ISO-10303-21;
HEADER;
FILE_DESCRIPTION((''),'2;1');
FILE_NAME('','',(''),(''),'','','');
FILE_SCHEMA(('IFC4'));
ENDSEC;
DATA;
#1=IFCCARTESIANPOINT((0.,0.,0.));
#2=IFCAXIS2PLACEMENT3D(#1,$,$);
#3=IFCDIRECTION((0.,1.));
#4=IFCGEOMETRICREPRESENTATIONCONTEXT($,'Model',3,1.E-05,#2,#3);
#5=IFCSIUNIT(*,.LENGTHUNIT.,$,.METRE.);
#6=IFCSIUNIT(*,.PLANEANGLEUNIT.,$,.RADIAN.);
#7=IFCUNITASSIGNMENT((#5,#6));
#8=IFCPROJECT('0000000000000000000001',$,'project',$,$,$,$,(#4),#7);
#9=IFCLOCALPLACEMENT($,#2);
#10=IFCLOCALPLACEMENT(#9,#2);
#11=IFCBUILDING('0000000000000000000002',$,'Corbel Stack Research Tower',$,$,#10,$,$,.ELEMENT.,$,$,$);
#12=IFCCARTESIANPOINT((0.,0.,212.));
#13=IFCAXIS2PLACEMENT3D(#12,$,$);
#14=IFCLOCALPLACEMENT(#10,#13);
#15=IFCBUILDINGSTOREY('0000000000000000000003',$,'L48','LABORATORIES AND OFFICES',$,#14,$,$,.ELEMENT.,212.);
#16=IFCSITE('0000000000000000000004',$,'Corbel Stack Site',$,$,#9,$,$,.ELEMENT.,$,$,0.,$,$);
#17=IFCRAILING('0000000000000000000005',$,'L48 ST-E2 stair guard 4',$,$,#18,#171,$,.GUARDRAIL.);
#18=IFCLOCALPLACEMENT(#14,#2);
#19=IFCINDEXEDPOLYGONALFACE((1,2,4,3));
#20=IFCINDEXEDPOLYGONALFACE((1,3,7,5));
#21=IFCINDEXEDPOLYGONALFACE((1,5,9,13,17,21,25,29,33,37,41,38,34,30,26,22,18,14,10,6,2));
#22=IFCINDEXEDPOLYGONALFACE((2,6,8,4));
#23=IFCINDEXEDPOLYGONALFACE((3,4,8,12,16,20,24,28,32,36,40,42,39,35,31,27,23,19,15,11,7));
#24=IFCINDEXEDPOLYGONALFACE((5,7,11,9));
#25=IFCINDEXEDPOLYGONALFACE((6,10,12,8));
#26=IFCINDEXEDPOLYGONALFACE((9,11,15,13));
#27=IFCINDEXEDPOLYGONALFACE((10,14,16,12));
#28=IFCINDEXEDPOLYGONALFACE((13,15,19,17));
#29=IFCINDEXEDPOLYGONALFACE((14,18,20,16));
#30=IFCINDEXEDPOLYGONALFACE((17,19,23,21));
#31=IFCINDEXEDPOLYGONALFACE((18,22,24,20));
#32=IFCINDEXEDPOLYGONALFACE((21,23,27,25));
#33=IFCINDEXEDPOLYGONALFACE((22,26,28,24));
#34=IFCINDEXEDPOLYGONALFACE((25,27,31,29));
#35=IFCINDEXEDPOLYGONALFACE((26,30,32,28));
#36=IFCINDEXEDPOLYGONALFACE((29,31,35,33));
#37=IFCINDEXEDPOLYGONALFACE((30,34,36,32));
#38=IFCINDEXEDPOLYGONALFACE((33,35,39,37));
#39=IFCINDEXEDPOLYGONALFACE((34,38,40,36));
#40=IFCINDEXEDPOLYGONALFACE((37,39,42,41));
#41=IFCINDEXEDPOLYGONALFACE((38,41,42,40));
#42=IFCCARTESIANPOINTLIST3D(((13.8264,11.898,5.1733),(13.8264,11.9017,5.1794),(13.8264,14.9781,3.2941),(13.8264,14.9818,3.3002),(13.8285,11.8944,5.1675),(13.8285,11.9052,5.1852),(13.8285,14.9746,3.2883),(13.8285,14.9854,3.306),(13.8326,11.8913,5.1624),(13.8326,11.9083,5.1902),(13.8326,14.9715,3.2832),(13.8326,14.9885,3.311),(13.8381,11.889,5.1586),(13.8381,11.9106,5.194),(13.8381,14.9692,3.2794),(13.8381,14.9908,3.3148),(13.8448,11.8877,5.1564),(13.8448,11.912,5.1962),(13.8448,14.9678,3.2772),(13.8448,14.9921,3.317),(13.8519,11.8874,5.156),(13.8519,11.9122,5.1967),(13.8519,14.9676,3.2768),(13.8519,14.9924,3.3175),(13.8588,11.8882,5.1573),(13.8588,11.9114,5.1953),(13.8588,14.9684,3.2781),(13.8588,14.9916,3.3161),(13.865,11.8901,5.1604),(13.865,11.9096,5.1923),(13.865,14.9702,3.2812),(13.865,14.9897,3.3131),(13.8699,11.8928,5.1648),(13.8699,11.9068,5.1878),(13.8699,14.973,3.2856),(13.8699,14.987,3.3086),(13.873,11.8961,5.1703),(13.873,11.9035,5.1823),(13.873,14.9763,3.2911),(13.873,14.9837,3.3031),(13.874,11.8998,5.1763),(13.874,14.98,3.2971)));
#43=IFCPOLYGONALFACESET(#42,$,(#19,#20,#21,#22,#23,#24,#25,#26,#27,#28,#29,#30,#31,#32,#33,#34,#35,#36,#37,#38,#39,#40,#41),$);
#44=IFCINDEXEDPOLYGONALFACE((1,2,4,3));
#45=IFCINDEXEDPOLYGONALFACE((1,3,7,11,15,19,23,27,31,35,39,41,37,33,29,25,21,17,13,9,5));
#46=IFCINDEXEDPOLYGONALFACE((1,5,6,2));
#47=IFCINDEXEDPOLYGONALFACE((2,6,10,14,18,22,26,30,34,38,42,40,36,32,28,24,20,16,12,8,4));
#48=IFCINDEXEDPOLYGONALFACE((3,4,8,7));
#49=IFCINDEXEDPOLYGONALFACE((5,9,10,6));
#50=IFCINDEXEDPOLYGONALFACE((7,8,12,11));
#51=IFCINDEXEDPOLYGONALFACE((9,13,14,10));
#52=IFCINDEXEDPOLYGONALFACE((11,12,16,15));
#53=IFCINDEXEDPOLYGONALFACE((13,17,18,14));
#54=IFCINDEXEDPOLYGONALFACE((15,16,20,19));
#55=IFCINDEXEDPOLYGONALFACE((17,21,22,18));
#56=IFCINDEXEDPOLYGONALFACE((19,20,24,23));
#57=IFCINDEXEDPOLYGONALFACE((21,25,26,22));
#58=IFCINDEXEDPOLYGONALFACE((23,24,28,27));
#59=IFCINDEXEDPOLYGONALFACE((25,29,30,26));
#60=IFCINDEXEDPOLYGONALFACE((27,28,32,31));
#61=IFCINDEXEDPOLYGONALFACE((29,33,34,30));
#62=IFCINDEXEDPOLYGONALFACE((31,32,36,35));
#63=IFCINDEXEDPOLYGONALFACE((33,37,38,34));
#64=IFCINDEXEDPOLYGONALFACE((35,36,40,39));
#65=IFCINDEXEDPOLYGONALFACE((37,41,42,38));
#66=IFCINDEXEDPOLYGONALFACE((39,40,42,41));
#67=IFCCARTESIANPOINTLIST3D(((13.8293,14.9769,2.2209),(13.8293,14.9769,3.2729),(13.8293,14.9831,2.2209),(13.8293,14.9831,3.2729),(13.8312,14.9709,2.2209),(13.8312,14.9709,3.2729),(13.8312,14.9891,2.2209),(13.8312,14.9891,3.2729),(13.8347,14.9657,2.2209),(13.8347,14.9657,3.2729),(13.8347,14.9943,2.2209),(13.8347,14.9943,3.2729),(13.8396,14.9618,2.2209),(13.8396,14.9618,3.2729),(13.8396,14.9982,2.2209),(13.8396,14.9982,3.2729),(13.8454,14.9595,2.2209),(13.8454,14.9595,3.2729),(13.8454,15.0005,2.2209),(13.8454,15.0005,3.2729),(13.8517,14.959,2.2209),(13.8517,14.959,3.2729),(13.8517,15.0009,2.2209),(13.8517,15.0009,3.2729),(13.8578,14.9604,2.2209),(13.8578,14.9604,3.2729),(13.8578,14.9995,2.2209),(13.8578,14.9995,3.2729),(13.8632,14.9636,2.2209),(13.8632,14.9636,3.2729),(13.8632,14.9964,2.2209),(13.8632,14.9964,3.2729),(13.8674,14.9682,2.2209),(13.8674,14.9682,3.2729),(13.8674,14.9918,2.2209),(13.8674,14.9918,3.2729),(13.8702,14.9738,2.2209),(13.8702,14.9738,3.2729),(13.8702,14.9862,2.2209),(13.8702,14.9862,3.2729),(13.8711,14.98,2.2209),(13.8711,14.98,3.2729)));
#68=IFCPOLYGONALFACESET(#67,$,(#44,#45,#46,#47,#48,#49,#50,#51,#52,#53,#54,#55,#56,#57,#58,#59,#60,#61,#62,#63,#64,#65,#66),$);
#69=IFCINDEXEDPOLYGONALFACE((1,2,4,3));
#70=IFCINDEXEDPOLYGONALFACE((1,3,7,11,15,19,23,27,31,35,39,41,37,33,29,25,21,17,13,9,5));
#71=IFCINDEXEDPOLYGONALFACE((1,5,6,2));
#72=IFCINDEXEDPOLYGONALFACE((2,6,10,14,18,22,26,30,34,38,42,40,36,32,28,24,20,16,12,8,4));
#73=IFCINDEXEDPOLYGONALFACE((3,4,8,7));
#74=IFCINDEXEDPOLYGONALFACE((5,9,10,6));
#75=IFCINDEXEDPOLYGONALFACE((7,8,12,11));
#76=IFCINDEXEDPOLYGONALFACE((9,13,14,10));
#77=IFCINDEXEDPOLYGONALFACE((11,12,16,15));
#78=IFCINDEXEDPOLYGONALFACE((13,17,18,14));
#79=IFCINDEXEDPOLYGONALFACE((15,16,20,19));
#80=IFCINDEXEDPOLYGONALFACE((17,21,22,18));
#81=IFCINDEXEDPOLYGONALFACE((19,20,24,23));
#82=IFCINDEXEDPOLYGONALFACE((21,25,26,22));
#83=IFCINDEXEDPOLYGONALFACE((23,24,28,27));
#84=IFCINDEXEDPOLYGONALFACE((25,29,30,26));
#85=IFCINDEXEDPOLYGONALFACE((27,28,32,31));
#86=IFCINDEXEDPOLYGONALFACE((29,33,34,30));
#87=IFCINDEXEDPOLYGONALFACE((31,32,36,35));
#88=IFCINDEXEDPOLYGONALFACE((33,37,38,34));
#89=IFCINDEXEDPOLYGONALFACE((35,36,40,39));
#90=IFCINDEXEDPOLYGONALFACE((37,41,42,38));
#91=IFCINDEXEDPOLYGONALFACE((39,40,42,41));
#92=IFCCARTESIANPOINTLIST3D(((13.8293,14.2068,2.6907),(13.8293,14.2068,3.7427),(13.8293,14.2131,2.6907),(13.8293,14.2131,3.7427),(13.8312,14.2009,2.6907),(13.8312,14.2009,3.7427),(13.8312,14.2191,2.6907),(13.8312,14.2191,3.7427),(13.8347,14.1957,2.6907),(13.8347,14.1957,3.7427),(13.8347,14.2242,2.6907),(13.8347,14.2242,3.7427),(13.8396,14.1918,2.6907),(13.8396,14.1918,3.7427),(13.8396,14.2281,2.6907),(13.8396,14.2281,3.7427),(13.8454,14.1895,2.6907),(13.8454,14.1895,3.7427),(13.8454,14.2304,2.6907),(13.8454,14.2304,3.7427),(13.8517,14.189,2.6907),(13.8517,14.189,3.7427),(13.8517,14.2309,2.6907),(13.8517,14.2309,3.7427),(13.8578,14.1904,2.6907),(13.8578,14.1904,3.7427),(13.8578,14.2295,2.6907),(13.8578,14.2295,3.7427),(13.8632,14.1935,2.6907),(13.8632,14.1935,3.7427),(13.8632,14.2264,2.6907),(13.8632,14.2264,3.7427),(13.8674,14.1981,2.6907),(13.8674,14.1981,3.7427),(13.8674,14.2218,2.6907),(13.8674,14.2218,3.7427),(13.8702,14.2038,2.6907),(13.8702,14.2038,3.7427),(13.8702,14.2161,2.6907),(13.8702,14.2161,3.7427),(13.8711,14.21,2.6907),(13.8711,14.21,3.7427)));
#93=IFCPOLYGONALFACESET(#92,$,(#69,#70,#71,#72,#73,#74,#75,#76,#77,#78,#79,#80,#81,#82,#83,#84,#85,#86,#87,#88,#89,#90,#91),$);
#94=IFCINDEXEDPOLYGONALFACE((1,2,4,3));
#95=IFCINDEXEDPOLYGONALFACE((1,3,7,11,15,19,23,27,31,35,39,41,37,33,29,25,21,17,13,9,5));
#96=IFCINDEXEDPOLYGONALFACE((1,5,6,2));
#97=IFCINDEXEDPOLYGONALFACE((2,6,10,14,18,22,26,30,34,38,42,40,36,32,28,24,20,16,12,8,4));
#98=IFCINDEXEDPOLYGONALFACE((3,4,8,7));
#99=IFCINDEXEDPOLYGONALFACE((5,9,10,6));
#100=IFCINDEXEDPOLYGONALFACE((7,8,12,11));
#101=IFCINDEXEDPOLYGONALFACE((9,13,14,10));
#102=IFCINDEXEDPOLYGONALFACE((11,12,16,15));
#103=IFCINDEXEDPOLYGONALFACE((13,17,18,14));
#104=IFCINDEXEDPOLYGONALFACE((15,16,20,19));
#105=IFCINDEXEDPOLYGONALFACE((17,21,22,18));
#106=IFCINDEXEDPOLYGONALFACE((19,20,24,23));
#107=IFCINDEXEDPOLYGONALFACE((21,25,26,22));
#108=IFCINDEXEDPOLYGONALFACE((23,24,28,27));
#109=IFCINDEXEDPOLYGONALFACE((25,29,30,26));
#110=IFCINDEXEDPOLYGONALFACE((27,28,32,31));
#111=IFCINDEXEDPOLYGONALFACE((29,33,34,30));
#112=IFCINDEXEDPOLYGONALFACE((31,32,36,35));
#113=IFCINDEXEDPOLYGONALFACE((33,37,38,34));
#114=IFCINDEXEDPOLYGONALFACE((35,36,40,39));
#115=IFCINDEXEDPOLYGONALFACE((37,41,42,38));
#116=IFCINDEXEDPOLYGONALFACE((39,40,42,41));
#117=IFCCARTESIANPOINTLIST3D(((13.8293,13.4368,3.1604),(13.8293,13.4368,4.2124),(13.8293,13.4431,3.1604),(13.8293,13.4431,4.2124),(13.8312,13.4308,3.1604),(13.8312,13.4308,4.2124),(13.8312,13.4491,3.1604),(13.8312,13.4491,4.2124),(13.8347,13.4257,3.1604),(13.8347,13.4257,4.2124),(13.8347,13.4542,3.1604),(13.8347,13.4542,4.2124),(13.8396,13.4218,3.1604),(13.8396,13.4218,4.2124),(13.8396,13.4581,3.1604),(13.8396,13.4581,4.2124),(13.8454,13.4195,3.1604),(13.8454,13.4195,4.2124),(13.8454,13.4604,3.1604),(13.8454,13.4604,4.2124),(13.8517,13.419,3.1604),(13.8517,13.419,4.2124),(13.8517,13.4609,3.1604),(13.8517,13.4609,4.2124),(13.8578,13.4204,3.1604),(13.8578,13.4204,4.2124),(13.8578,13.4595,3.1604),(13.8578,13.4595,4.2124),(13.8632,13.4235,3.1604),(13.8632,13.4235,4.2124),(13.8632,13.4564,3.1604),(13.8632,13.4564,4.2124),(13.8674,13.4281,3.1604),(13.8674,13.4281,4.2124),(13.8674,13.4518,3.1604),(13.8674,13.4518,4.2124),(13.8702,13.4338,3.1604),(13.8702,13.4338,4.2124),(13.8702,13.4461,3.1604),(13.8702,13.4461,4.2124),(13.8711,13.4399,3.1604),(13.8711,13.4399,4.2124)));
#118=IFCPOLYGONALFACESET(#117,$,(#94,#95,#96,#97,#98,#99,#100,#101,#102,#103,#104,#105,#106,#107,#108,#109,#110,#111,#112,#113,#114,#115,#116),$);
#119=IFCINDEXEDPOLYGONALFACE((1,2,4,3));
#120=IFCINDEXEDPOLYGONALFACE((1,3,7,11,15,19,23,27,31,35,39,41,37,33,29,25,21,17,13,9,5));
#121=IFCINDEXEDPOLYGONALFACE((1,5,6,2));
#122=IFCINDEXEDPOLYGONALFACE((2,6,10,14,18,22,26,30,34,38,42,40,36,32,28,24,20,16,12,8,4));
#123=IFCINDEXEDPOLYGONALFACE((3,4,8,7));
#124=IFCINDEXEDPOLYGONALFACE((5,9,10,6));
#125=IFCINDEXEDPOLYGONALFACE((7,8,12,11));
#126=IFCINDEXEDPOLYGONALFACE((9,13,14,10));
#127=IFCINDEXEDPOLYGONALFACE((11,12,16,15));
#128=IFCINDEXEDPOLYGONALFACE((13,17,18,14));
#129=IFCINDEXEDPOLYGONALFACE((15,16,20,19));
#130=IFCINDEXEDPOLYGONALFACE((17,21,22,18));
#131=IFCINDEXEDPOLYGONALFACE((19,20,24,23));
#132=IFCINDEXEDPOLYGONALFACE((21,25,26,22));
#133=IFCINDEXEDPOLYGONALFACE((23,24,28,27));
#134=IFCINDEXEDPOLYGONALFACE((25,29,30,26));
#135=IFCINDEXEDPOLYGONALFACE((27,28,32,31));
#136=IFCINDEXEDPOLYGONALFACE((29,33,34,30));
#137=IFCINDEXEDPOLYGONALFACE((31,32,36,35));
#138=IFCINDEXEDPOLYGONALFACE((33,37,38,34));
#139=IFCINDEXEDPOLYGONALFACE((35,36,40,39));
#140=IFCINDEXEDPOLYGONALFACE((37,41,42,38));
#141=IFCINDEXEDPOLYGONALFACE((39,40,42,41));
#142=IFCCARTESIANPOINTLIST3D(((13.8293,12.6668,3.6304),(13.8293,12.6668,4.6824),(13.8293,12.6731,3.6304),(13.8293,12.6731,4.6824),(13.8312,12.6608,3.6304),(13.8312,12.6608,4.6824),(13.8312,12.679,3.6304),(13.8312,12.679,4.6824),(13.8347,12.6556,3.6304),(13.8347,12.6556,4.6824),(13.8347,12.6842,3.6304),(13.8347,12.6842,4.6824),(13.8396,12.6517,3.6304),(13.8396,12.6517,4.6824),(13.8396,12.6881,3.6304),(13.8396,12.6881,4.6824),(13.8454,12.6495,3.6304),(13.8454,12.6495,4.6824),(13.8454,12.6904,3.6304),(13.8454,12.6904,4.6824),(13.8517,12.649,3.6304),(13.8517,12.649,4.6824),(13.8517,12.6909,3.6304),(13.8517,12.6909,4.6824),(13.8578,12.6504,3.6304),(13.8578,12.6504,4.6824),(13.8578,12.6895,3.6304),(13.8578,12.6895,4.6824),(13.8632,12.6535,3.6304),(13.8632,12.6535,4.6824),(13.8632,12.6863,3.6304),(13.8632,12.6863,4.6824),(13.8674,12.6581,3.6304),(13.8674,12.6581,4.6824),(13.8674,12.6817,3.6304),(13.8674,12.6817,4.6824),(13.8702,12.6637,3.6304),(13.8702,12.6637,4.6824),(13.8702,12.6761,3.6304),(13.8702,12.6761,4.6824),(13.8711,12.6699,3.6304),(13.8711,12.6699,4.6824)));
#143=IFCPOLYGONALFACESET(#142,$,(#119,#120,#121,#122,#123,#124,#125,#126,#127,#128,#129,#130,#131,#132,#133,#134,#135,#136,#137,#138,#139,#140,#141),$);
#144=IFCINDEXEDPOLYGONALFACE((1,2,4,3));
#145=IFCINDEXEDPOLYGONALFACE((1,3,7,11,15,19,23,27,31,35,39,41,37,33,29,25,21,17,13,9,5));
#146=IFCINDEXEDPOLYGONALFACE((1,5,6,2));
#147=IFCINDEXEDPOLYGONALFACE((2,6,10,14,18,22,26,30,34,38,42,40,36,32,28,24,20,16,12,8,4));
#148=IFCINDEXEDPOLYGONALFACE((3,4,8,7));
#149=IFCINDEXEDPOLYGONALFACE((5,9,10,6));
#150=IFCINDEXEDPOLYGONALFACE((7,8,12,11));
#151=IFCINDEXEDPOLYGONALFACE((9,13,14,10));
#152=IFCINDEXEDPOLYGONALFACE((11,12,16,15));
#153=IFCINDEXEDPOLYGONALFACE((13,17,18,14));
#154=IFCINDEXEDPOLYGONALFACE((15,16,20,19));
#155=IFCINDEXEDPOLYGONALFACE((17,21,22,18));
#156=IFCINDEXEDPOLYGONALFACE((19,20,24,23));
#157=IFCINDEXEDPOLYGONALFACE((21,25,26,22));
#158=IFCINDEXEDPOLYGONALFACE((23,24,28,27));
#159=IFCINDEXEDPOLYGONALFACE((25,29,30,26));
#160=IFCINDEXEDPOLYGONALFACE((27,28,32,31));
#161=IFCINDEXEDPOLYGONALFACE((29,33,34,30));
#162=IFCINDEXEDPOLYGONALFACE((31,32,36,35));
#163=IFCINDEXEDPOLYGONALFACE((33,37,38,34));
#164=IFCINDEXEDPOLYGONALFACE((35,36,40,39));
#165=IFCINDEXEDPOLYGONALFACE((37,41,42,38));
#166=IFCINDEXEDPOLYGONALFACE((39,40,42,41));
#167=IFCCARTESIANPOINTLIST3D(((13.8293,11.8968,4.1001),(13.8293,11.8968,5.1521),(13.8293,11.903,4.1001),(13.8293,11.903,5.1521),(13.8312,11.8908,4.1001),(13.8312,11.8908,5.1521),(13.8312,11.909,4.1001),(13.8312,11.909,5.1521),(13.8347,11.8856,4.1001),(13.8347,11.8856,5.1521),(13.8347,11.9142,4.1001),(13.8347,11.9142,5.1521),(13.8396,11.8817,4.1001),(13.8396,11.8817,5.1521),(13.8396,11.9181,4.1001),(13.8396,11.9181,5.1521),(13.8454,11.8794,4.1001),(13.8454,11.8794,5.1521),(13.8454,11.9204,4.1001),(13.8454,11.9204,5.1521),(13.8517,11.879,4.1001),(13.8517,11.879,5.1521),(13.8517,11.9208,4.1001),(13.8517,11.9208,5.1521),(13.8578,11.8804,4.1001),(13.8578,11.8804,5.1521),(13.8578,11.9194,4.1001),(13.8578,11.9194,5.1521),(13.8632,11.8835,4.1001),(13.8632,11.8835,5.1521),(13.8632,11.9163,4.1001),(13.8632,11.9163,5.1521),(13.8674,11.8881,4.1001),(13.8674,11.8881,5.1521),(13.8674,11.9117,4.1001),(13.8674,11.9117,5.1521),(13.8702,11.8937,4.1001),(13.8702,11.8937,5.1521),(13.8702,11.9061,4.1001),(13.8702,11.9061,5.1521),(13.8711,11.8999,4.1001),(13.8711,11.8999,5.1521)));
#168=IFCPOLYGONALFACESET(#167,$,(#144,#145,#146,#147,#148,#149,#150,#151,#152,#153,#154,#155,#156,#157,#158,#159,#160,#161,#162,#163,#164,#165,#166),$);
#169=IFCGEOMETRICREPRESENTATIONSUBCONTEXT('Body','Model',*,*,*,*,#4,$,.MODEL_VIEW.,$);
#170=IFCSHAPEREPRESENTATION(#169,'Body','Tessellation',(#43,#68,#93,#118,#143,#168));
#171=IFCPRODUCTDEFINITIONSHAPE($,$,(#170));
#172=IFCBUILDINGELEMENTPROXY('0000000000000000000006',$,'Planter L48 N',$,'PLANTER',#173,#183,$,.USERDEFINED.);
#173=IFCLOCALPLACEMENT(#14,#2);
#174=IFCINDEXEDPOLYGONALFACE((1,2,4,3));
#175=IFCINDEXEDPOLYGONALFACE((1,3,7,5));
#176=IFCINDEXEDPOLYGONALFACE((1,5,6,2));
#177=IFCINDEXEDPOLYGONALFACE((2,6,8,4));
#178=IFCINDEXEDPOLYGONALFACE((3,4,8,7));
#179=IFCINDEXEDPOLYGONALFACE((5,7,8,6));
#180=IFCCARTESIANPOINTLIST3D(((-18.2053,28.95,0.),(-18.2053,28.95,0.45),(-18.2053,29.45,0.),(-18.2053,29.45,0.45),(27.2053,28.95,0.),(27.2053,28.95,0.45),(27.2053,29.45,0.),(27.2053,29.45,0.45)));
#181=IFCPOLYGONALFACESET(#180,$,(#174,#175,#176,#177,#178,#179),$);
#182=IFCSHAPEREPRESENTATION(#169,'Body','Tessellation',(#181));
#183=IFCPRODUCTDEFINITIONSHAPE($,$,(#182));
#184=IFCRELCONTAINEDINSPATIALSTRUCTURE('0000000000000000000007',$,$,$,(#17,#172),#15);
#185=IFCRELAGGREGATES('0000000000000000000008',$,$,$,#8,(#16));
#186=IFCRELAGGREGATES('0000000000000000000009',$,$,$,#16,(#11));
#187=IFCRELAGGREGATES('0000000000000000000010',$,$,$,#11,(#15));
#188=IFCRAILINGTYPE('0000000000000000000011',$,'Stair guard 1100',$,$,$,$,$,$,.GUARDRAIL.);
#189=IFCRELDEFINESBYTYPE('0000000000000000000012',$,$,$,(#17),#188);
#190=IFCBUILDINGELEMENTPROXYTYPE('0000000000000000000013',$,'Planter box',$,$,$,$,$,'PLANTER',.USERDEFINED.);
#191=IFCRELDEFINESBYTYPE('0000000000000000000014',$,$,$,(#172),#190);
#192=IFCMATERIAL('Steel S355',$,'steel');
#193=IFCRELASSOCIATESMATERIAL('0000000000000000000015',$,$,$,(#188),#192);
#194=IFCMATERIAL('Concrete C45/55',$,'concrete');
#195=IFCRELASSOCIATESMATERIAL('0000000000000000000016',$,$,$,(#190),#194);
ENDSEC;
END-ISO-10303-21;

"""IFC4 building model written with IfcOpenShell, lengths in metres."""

from ifc_helpers import new_model, si_unit, direction, frame, origin, origin_2d, place, context, subcontext, project, spatial, rectangle, circle, extrude, material, type_object, element, save


model = new_model("IFC4")

# Units and contexts
model_context = context("Model", 3, precision=1e-05, world=origin(), true_north=direction((0.0, 1.0)))
body_context = subcontext(model_context, "Body", "Model", "MODEL_VIEW")
ifc_project = project(units=[si_unit("LENGTHUNIT", "METRE"), si_unit("PLANEANGLEUNIT", "RADIAN")], contexts=[model_context])

# Site, building, storey
site_placement = place(None, origin())
site = spatial("IfcSite", under=ifc_project, at=site_placement, Name="Corbel Stack Site", CompositionType="ELEMENT", RefElevation=0.0)
building_placement = place(site_placement, origin())
building = spatial("IfcBuilding", under=site, at=building_placement, Name="Corbel Stack Research Tower", CompositionType="ELEMENT")
storey_placement = place(building_placement, frame((0.0, 0.0, 212.0)))
storey = spatial("IfcBuildingStorey", under=building, at=storey_placement, Name="L48", Description="LABORATORIES AND OFFICES", CompositionType="ELEMENT", Elevation=212.0)

# Railing
ifc_material_1 = material(Name="Steel S355", Category="steel")
railing_type = type_object("IfcRailingType", Name="Stair guard 1100", PredefinedType="GUARDRAIL", material=ifc_material_1)
railing_1_placement = place(storey_placement, frame((13.8501, 14.98, 2.2209)))
element("IfcRailing", 1, at=railing_1_placement, inside=storey, type_object=railing_type, Name="L48 ST-E2 stair guard 4", PredefinedType="GUARDRAIL", context=body_context, shape_type="SweptSolid", body=[
    extrude(circle(Radius=0.0239, at=origin_2d()), frame((0.0, 0.0, 1.0762), z_axis=(0.0, -0.853666, 0.52082), x_axis=(1.0, 0.0, 0.0)), (0.0, 0.0, 1.0), 3.6082),
    extrude(circle(Radius=0.021, at=origin_2d()), origin(), (0.0, 0.0, 1.0), 1.052),
    extrude(circle(Radius=0.021, at=origin_2d()), frame((0.0, -0.77, 0.4697)), (0.0, 0.0, 1.0), 1.052),
    extrude(circle(Radius=0.021, at=origin_2d()), frame((0.0, -1.54, 0.9395)), (0.0, 0.0, 1.0), 1.052),
    extrude(circle(Radius=0.021, at=origin_2d()), frame((0.0, -2.3101, 1.4094)), (0.0, 0.0, 1.0), 1.052),
    extrude(circle(Radius=0.021, at=origin_2d()), frame((0.0, -3.0801, 1.8792)), (0.0, 0.0, 1.0), 1.052),
])

# Building element proxy
ifc_material_2 = material(Name="Concrete C45/55", Category="concrete")
building_element_proxy_type = type_object("IfcBuildingElementProxyType", Name="Planter box", ElementType="PLANTER", PredefinedType="USERDEFINED", material=ifc_material_2)
proxy_placement = place(storey_placement, frame((4.5, 29.2, 0.0), z_axis=(0.0, 0.0, 1.0), x_axis=(-1.0, 0.0, 0.0)))
element("IfcBuildingElementProxy", 2, at=proxy_placement, inside=storey, type_object=building_element_proxy_type, Name="Planter L48 N", ObjectType="PLANTER", PredefinedType="USERDEFINED", context=body_context, shape_type="SweptSolid", body=[
    extrude(rectangle(XDim=45.4106, YDim=0.5, at=origin_2d()), origin(), (0.0, 0.0, 1.0), 0.45),
])

save(model, "model.ifc")
